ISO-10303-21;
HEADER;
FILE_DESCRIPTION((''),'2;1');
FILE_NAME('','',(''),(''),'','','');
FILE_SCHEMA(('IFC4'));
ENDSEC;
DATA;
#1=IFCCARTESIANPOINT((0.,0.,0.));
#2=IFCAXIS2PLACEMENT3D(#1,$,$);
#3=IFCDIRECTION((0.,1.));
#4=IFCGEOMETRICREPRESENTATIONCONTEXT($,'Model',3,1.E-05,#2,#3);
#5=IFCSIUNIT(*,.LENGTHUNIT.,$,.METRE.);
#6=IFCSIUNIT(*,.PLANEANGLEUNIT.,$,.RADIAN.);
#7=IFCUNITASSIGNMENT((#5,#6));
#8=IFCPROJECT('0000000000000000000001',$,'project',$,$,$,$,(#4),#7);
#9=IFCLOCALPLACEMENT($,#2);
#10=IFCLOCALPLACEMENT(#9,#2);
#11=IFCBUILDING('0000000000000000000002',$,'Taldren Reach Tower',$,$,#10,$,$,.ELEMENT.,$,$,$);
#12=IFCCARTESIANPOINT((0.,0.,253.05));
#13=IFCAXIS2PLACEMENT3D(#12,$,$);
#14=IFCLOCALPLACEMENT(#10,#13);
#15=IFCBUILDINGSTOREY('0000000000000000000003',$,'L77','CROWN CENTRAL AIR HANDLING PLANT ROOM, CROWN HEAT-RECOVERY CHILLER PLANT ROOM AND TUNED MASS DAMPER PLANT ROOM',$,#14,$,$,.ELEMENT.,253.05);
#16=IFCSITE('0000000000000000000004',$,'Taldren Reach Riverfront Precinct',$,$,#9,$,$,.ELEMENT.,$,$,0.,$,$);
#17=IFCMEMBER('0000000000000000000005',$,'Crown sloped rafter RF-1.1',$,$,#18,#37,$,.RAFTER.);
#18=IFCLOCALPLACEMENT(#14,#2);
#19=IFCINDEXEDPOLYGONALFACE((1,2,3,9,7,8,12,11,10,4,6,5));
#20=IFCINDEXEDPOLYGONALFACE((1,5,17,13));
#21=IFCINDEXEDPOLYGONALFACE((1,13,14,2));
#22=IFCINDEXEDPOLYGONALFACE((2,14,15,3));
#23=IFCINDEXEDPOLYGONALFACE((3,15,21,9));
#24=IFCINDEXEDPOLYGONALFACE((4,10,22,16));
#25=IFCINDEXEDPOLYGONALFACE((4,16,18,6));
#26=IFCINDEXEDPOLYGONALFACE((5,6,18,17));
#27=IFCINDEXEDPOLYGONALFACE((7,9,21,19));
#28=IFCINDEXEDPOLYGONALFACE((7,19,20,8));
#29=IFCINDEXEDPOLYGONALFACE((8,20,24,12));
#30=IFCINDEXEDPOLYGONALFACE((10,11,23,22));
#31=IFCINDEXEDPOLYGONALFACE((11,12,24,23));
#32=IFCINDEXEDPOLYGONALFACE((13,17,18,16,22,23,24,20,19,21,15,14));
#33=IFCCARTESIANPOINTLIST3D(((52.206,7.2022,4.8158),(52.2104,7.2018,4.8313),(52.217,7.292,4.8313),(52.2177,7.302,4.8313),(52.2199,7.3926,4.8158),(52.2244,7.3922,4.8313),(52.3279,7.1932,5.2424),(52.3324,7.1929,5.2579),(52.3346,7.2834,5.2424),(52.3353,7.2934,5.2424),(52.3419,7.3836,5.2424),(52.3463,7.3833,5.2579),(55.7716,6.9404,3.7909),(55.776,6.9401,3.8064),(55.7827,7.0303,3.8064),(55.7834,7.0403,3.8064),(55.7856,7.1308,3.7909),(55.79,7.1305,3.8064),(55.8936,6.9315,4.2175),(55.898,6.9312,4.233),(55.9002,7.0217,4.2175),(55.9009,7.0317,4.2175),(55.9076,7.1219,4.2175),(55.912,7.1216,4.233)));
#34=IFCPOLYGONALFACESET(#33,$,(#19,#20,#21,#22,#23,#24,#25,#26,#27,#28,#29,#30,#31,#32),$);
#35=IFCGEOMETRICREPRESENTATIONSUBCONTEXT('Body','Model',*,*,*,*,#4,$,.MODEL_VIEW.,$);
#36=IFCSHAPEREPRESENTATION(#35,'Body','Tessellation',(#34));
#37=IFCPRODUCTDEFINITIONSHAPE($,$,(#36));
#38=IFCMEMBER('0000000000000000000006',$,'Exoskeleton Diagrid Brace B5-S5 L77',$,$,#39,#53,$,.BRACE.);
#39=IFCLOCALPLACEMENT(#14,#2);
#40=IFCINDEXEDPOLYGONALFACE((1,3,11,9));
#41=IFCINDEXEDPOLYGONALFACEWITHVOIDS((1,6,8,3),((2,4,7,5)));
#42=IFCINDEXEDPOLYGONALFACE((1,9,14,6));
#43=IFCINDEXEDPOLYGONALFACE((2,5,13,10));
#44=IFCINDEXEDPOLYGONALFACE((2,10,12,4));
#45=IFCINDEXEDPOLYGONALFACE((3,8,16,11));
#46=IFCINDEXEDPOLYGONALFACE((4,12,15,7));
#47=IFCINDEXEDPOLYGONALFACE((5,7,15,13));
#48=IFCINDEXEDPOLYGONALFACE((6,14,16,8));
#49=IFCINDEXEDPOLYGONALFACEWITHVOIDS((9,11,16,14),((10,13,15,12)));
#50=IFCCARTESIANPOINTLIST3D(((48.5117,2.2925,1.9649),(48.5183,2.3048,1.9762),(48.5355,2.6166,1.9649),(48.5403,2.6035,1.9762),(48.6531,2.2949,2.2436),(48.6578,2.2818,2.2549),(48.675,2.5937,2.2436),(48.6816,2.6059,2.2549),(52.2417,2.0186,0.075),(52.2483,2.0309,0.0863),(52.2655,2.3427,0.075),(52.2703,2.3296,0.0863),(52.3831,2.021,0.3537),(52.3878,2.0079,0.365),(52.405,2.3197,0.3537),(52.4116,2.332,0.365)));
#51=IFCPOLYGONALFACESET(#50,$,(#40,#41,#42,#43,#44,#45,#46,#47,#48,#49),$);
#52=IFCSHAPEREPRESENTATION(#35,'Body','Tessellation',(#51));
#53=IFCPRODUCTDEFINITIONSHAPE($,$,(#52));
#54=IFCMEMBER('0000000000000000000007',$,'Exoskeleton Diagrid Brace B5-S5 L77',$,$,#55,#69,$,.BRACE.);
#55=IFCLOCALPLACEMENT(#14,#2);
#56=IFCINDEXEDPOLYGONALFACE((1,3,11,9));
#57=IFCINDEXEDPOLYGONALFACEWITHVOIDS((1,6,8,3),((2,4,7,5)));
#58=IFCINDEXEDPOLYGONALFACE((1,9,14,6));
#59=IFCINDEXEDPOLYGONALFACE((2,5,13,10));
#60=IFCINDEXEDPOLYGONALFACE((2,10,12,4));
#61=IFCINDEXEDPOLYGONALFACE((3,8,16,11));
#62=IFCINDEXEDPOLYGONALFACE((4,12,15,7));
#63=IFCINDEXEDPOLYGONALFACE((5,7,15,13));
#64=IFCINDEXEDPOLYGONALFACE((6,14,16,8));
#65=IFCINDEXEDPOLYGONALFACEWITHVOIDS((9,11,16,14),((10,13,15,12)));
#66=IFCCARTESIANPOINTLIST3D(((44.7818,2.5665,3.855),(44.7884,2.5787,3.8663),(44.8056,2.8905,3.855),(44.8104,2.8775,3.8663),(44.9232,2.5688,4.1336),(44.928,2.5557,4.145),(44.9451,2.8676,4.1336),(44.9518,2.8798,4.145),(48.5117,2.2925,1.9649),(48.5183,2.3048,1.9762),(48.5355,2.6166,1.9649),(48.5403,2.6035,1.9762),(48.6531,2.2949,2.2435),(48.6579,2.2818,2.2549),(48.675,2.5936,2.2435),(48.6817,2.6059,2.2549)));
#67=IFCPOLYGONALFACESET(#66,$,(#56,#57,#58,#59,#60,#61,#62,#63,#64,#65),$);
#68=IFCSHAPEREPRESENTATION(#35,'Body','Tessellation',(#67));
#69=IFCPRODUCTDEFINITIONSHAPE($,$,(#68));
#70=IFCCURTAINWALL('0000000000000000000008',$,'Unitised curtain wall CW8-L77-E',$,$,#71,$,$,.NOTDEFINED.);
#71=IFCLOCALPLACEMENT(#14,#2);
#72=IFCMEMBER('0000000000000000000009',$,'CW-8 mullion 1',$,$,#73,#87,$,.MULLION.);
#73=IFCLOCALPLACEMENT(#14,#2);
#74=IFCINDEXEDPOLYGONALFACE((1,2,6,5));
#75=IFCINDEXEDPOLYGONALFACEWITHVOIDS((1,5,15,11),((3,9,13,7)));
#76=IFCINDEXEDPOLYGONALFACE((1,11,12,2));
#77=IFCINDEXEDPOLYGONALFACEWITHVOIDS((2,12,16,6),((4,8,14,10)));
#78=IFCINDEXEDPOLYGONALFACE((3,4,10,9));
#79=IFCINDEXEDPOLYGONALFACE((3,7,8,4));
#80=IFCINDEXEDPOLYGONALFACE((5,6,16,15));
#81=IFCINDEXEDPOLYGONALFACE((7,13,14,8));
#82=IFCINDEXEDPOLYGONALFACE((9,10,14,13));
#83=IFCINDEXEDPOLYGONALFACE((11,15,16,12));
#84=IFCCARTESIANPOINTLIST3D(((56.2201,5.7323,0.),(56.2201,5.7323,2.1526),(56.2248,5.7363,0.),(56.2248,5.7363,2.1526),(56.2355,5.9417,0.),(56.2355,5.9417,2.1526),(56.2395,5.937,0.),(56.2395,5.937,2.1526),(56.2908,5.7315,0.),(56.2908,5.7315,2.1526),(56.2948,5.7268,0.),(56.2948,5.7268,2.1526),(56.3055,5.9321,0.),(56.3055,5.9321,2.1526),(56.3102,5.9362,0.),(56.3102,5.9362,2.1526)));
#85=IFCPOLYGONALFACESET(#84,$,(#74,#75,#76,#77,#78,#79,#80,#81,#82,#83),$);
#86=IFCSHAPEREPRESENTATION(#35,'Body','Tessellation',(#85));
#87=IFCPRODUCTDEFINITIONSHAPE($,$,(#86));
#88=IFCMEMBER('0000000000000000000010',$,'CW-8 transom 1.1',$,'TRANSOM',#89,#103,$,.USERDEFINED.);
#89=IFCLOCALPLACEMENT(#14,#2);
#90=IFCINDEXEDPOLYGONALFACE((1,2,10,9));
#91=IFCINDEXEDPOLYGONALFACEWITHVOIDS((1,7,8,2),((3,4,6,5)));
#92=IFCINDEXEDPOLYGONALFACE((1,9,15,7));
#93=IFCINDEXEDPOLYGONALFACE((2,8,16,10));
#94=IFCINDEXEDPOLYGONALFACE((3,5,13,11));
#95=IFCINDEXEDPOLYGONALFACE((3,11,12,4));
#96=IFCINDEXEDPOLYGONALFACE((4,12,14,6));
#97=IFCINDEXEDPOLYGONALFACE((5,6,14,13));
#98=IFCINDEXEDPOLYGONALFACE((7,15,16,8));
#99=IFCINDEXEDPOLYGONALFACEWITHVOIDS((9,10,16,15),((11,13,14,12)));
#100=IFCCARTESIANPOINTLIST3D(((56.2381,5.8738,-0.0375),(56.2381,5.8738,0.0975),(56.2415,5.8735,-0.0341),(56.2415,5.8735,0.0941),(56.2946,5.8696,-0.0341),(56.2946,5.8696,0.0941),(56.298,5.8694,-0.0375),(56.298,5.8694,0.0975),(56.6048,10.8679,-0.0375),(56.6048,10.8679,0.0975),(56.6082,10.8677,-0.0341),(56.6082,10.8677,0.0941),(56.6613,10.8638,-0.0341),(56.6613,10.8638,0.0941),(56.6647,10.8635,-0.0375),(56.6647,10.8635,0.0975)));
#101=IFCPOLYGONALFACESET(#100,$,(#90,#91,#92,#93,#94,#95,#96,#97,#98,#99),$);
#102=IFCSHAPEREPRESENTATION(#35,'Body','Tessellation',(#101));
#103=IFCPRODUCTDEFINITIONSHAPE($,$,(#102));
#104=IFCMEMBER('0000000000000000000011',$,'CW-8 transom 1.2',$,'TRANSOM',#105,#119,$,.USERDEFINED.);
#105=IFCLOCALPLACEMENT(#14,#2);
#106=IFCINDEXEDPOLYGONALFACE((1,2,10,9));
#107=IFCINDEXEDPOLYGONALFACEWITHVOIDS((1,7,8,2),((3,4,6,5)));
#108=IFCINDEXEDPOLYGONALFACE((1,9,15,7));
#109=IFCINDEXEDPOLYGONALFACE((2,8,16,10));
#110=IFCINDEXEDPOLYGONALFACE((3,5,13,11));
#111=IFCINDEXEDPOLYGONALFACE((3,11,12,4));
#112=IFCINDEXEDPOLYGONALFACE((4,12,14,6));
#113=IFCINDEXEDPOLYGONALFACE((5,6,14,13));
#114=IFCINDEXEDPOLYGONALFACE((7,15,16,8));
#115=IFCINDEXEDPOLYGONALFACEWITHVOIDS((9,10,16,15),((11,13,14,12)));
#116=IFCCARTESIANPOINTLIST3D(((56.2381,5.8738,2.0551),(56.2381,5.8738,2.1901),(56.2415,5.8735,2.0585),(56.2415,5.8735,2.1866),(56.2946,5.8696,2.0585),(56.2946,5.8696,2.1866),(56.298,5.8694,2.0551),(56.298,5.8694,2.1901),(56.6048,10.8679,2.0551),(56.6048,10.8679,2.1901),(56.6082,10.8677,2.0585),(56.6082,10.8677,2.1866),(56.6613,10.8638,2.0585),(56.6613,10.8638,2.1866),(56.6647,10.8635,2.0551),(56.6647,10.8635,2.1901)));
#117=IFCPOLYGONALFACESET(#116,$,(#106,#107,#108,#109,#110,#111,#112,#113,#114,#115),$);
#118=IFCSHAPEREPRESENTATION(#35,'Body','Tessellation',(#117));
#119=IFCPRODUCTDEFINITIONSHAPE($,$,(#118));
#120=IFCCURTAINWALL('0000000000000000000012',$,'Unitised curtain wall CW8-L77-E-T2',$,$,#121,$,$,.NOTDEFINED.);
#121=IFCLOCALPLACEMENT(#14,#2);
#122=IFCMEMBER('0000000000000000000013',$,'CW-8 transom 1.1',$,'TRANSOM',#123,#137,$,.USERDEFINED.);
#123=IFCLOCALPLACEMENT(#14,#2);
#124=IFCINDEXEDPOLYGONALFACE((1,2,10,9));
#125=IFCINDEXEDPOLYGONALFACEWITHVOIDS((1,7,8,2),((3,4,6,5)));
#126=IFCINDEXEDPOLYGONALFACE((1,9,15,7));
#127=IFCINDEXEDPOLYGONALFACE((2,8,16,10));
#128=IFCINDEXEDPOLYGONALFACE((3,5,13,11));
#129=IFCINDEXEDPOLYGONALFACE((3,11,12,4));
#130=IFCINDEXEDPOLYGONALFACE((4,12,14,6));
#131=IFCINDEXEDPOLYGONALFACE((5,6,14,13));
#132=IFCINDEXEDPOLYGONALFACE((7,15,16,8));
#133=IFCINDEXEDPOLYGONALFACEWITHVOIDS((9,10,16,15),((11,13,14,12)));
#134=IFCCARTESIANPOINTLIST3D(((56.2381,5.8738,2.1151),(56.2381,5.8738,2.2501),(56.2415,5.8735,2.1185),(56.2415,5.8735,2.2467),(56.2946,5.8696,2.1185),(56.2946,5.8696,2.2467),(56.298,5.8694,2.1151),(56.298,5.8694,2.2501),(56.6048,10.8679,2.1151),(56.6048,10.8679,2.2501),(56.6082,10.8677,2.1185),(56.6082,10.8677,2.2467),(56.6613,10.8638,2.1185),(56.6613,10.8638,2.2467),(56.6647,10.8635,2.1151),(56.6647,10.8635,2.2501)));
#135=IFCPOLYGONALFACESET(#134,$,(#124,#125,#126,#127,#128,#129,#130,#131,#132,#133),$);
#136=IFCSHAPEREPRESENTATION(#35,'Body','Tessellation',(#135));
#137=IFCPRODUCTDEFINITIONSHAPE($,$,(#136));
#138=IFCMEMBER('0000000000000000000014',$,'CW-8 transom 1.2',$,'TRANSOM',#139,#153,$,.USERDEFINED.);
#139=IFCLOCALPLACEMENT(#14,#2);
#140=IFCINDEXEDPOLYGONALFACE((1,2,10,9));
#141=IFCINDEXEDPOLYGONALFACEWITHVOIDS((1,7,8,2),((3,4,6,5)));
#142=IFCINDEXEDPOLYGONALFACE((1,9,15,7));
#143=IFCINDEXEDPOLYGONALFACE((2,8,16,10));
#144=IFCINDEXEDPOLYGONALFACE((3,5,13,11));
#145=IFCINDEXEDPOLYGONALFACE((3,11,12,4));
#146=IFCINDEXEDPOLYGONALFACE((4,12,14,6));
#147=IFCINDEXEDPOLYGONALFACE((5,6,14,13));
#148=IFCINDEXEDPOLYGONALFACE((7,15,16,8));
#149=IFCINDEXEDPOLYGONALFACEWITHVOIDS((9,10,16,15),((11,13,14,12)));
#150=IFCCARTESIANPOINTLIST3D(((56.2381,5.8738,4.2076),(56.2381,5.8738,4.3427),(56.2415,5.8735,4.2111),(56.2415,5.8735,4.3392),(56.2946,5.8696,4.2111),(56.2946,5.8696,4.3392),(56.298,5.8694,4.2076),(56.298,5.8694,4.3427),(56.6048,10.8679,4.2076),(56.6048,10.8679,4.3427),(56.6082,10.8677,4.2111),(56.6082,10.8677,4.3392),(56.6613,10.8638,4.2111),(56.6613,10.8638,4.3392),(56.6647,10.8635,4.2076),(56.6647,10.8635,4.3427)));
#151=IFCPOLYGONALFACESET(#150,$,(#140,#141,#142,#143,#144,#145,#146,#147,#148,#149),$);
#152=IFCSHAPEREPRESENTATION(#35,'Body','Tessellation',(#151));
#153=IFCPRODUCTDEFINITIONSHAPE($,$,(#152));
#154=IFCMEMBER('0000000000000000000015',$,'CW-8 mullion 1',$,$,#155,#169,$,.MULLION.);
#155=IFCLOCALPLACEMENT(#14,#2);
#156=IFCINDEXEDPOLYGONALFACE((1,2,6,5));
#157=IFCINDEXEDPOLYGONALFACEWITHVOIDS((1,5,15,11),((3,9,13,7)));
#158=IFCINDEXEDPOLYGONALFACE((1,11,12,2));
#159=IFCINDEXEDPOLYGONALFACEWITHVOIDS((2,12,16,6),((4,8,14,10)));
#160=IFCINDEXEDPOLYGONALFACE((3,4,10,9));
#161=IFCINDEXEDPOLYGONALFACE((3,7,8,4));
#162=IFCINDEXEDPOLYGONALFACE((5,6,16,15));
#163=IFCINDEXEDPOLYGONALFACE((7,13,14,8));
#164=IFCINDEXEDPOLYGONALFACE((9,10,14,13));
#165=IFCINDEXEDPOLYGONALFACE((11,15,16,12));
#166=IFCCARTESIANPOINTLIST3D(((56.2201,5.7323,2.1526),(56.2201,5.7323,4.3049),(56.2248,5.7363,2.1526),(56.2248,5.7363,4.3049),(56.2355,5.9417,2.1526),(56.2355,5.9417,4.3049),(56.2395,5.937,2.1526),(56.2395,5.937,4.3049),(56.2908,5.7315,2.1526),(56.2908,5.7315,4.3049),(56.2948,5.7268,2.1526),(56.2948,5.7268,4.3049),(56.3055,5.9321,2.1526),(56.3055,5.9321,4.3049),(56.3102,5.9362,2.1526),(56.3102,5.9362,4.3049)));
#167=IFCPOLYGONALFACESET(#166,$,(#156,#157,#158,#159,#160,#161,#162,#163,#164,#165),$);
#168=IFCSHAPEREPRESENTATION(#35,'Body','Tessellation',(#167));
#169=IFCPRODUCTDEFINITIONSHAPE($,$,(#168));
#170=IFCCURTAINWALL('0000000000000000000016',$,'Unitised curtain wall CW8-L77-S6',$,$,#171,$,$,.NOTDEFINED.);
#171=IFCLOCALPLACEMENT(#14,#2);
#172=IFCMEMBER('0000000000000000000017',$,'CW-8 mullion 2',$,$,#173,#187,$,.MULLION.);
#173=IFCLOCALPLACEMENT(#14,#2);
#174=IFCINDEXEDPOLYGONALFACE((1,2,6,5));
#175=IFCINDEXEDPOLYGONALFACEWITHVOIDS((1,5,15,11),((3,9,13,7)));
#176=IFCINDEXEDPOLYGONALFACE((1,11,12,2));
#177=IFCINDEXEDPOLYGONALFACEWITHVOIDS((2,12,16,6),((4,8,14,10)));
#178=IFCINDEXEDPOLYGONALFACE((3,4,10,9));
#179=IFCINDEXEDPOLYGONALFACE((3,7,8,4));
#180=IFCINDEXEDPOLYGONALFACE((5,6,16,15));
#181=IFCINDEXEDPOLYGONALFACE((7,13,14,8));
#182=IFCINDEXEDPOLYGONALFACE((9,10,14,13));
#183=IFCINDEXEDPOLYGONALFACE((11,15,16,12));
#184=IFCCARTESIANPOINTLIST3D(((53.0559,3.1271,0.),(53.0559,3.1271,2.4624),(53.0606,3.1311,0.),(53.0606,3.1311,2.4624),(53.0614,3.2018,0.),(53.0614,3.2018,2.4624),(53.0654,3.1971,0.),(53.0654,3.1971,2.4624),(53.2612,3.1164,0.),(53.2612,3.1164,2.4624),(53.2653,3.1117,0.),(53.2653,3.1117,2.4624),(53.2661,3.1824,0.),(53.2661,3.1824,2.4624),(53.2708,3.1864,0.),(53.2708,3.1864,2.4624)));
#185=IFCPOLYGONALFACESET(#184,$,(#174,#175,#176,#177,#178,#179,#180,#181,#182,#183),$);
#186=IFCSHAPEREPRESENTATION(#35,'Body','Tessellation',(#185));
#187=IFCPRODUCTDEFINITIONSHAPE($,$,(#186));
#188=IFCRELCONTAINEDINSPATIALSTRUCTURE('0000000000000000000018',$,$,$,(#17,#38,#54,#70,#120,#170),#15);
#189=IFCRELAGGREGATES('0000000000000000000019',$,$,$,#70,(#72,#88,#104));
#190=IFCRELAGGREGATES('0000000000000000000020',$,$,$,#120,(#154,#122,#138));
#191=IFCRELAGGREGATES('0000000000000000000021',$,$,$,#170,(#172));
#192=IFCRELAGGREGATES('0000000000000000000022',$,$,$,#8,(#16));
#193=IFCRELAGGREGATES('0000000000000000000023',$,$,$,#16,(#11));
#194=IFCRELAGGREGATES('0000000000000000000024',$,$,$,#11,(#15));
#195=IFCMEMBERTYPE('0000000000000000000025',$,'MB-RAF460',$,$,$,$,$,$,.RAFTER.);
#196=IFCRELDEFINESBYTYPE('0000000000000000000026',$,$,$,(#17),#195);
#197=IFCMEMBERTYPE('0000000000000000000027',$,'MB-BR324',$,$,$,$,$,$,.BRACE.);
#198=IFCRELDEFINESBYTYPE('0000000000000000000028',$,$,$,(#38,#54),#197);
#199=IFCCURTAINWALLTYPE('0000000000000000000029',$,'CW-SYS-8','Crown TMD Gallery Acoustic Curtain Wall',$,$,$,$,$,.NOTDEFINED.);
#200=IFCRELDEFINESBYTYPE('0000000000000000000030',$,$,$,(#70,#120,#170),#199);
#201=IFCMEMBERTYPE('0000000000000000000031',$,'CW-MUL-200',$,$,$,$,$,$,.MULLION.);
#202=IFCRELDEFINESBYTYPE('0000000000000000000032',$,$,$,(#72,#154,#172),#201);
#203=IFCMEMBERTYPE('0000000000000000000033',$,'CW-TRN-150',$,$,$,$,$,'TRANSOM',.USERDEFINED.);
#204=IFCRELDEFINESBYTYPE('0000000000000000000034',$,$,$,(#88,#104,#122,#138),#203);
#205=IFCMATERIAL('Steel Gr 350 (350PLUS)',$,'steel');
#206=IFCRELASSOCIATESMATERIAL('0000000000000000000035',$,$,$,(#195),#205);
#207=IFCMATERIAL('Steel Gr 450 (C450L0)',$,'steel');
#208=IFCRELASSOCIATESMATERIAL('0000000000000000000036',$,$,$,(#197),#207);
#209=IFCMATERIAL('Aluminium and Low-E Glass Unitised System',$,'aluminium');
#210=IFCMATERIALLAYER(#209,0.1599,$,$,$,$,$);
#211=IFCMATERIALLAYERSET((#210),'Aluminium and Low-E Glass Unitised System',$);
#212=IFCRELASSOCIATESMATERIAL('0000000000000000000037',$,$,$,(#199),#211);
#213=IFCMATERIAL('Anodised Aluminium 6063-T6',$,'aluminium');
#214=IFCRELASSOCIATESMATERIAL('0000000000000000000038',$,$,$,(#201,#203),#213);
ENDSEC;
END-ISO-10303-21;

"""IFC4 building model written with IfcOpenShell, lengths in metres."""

from ifc_helpers import new_model, si_unit, direction, frame, origin, origin_2d, place, context, subcontext, project, spatial, hollow_rectangle, i_section, extrude, source, transform, mapped, material, layer, layer_set, material_profile, profile_set, type_object, element, aggregate, save


model = new_model("IFC4")

# Units and contexts
model_context = context("Model", 3, precision=1e-05, world=origin(), true_north=direction((0.0, 1.0)))
body_context = subcontext(model_context, "Body", "Model", "MODEL_VIEW")
ifc_project = project(units=[si_unit("LENGTHUNIT", "METRE"), si_unit("PLANEANGLEUNIT", "RADIAN")], contexts=[model_context])

# Site, building, storey
site_placement = place(None, origin())
site = spatial("IfcSite", under=ifc_project, at=site_placement, Name="Taldren Reach Riverfront Precinct", CompositionType="ELEMENT", RefElevation=0.0)
building_placement = place(site_placement, origin())
building = spatial("IfcBuilding", under=site, at=building_placement, Name="Taldren Reach Tower", CompositionType="ELEMENT")
storey_placement = place(building_placement, frame((0.0, 0.0, 253.05)))
storey = spatial("IfcBuildingStorey", under=building, at=storey_placement, Name="L77", Description="CROWN CENTRAL AIR HANDLING PLANT ROOM, CROWN HEAT-RECOVERY CHILLER PLANT ROOM AND TUNED MASS DAMPER PLANT ROOM", CompositionType="ELEMENT", Elevation=253.05)

# Shared definitions
ifc_material_1 = material(Name="Steel Gr 450 (C450L0)", Category="steel")
ifc_material_2 = material(Name="Steel Gr 350 (350PLUS)", Category="steel")

# Members
ifc_material_profile_1 = material_profile(ifc_material_2, i_section(OverallWidth=0.1909, OverallDepth=0.46, WebThickness=0.01, FlangeThickness=0.0161, at=origin_2d()), Name="460UB82.1")
ifc_profile_set_1 = profile_set([ifc_material_profile_1], Name="Steel Gr 350 (350PLUS)")
member_type_1 = type_object("IfcMemberType", Name="MB-RAF460", PredefinedType="RAFTER", material=ifc_profile_set_1)
shared_shape_1 = source(origin(), body_context, "Body", "SweptSolid", [
    extrude(i_section(OverallWidth=0.1909, OverallDepth=0.46, WebThickness=0.01, FlangeThickness=0.0161, at=origin_2d()), origin(), (0.0, 0.0, 1.0), 3.7192),
])
member_1_placement = place(storey_placement, frame((55.8418, 7.031, 4.012), z_axis=(-0.958703, 0.070368, 0.275566), x_axis=(-0.073203, -0.997317, 0.0)))
element("IfcMember", 1, at=member_1_placement, inside=storey, type_object=member_type_1, Name="Crown sloped rafter RF-1.1", PredefinedType="RAFTER", context=body_context, shape_type="MappedRepresentation", body=[
    mapped(shared_shape_1, transform((0.0, 0.0, 0.0), scale=1.0)),
])
ifc_material_profile_2 = material_profile(ifc_material_1, hollow_rectangle(XDim=0.325, YDim=0.325, WallThickness=0.0127, at=origin_2d()), Name="325x325x12.7SHS")
ifc_profile_set_2 = profile_set([ifc_material_profile_2], Name="Steel Gr 450 (C450L0)")
member_type_2 = type_object("IfcMemberType", Name="MB-BR324", PredefinedType="BRACE", material=ifc_profile_set_2)
shared_shape_2 = source(origin(), body_context, "Body", "SweptSolid", [
    extrude(hollow_rectangle(XDim=0.325, YDim=0.325, WallThickness=0.0127, at=origin_2d()), origin(), (0.0, 0.0, 1.0), 4.1904),
])
for number, where, z_axis, x_axis, name in (
    (2, (52.3267, 2.1753, 0.22), (-0.890124, 0.06537, 0.451005), (-0.073242, -0.997314, 0.0), "Exoskeleton Diagrid Brace B5-S5 L77"),
    (3, (48.5967, 2.4492, 2.1099), (-0.890101, 0.065368, 0.451051), (-0.073242, -0.997314, 0.0), "Exoskeleton Diagrid Brace B5-S5 L77"),
):
    element("IfcMember", number, at=place(storey_placement, frame(where, z_axis=z_axis, x_axis=x_axis)), inside=storey, type_object=member_type_2, Name=name, PredefinedType="BRACE", context=body_context, shape_type="MappedRepresentation", body=[
        mapped(shared_shape_2, transform((0.0, 0.0, 0.0), scale=1.0)),
    ])

# Curtain walls, members
ifc_material_3 = material(Name="Aluminium and Low-E Glass Unitised System", Category="aluminium")
ifc_layer_1 = layer(ifc_material_3, 0.1599)
ifc_layer_set_1 = layer_set([ifc_layer_1], Name="Aluminium and Low-E Glass Unitised System")
curtain_wall_type = type_object("IfcCurtainWallType", Name="CW-SYS-8", Description="Crown TMD Gallery Acoustic Curtain Wall", PredefinedType="NOTDEFINED", material=ifc_layer_set_1)
curtain_wall_1_placement = place(storey_placement, origin())
curtain_wall_1 = element("IfcCurtainWall", 4, at=curtain_wall_1_placement, inside=storey, type_object=curtain_wall_type, Name="Unitised curtain wall CW8-L77-E", PredefinedType="NOTDEFINED")
ifc_material_4 = material(Name="Anodised Aluminium 6063-T6", Category="aluminium")
ifc_material_profile_3 = material_profile(ifc_material_4, hollow_rectangle(XDim=0.075, YDim=0.21, WallThickness=0.0044, at=origin_2d()), Name="ALU-210x75x4.5RHS")
ifc_profile_set_3 = profile_set([ifc_material_profile_3], Name="Anodised Aluminium 6063-T6")
member_type_3 = type_object("IfcMemberType", Name="CW-MUL-200", PredefinedType="MULLION", material=ifc_profile_set_3)
shared_shape_3 = source(origin(), body_context, "Body", "SweptSolid", [
    extrude(hollow_rectangle(XDim=0.075, YDim=0.21, WallThickness=0.0044, at=origin_2d()), origin(), (0.0, 0.0, 1.0), 2.1526),
])
member_2_placement = place(storey_placement, frame((56.2651, 5.8342, 0.0), z_axis=(0.0, 0.0, 1.0), x_axis=(-0.997314, 0.073238, 0.0)))
member_2 = element("IfcMember", 5, at=member_2_placement, type_object=member_type_3, Name="CW-8 mullion 1", PredefinedType="MULLION", context=body_context, shape_type="MappedRepresentation", body=[
    mapped(shared_shape_3, transform((0.0, 0.0, 0.0), scale=1.0)),
])
ifc_material_profile_4 = material_profile(ifc_material_4, hollow_rectangle(XDim=0.0601, YDim=0.135, WallThickness=0.0034, at=origin_2d()), Name="ALU-135x60x3.5RHS")
ifc_profile_set_4 = profile_set([ifc_material_profile_4], Name="Anodised Aluminium 6063-T6")
member_type_4 = type_object("IfcMemberType", Name="CW-TRN-150", ElementType="TRANSOM", PredefinedType="USERDEFINED", material=ifc_profile_set_4)
shared_shape_4 = source(origin(), body_context, "Body", "SweptSolid", [
    extrude(hollow_rectangle(XDim=0.0601, YDim=0.135, WallThickness=0.0034, at=origin_2d()), origin(), (0.0, 0.0, 1.0), 5.0076),
])
member_3_placement = place(storey_placement, frame((56.2681, 5.8716, 0.03), z_axis=(0.073229, 0.997315, 0.0), x_axis=(-0.997315, 0.073229, 0.0)))
member_3 = element("IfcMember", 6, at=member_3_placement, type_object=member_type_4, Name="CW-8 transom 1.1", ObjectType="TRANSOM", PredefinedType="USERDEFINED", context=body_context, shape_type="MappedRepresentation", body=[
    mapped(shared_shape_4, transform((0.0, 0.0, 0.0), scale=1.0)),
])
member_4_placement = place(storey_placement, frame((56.2681, 5.8716, 2.1226), z_axis=(0.073229, 0.997315, 0.0), x_axis=(-0.997315, 0.073229, 0.0)))
member_4 = element("IfcMember", 7, at=member_4_placement, type_object=member_type_4, Name="CW-8 transom 1.2", ObjectType="TRANSOM", PredefinedType="USERDEFINED", context=body_context, shape_type="MappedRepresentation", body=[
    mapped(shared_shape_4, transform((0.0, 0.0, 0.0), scale=1.0)),
])
aggregate(curtain_wall_1, [member_2, member_3, member_4])
curtain_wall_2_placement = place(storey_placement, origin())
curtain_wall_2 = element("IfcCurtainWall", 8, at=curtain_wall_2_placement, inside=storey, type_object=curtain_wall_type, Name="Unitised curtain wall CW8-L77-E-T2", PredefinedType="NOTDEFINED")
member_5_placement = place(storey_placement, frame((56.2681, 5.8716, 2.1826), z_axis=(0.073229, 0.997315, 0.0), x_axis=(-0.997315, 0.073229, 0.0)))
member_5 = element("IfcMember", 9, at=member_5_placement, type_object=member_type_4, Name="CW-8 transom 1.1", ObjectType="TRANSOM", PredefinedType="USERDEFINED", context=body_context, shape_type="MappedRepresentation", body=[
    mapped(shared_shape_4, transform((0.0, 0.0, 0.0), scale=1.0)),
])
member_6_placement = place(storey_placement, frame((56.2681, 5.8716, 4.2751), z_axis=(0.073229, 0.997315, 0.0), x_axis=(-0.997315, 0.073229, 0.0)))
member_6 = element("IfcMember", 10, at=member_6_placement, type_object=member_type_4, Name="CW-8 transom 1.2", ObjectType="TRANSOM", PredefinedType="USERDEFINED", context=body_context, shape_type="MappedRepresentation", body=[
    mapped(shared_shape_4, transform((0.0, 0.0, 0.0), scale=1.0)),
])
shared_shape_5 = source(origin(), body_context, "Body", "SweptSolid", [
    extrude(hollow_rectangle(XDim=0.075, YDim=0.21, WallThickness=0.0044, at=origin_2d()), origin(), (0.0, 0.0, 1.0), 2.1523),
])
member_7_placement = place(storey_placement, frame((56.2651, 5.8342, 2.1526), z_axis=(0.0, 0.0, 1.0), x_axis=(-0.997314, 0.073238, 0.0)))
member_7 = element("IfcMember", 11, at=member_7_placement, type_object=member_type_3, Name="CW-8 mullion 1", PredefinedType="MULLION", context=body_context, shape_type="MappedRepresentation", body=[
    mapped(shared_shape_5, transform((0.0, 0.0, 0.0), scale=1.0)),
])
aggregate(curtain_wall_2, [member_7, member_5, member_6])

# Curtain wall, member
curtain_wall_3_placement = place(storey_placement, origin())
curtain_wall_3 = element("IfcCurtainWall", 12, at=curtain_wall_3_placement, inside=storey, type_object=curtain_wall_type, Name="Unitised curtain wall CW8-L77-S6", PredefinedType="NOTDEFINED")
shared_shape_6 = source(origin(), body_context, "Body", "SweptSolid", [
    extrude(hollow_rectangle(XDim=0.075, YDim=0.21, WallThickness=0.0044, at=origin_2d()), origin(), (0.0, 0.0, 1.0), 2.4624),
])
member_8_placement = place(storey_placement, frame((53.1633, 3.1567, 0.0), z_axis=(0.0, 0.0, 1.0), x_axis=(0.073239, 0.997314, 0.0)))
member_8 = element("IfcMember", 13, at=member_8_placement, type_object=member_type_3, Name="CW-8 mullion 2", PredefinedType="MULLION", context=body_context, shape_type="MappedRepresentation", body=[
    mapped(shared_shape_6, transform((0.0, 0.0, 0.0), scale=1.0)),
])

aggregate(curtain_wall_3, [member_8])

save(model, "model.ifc")
